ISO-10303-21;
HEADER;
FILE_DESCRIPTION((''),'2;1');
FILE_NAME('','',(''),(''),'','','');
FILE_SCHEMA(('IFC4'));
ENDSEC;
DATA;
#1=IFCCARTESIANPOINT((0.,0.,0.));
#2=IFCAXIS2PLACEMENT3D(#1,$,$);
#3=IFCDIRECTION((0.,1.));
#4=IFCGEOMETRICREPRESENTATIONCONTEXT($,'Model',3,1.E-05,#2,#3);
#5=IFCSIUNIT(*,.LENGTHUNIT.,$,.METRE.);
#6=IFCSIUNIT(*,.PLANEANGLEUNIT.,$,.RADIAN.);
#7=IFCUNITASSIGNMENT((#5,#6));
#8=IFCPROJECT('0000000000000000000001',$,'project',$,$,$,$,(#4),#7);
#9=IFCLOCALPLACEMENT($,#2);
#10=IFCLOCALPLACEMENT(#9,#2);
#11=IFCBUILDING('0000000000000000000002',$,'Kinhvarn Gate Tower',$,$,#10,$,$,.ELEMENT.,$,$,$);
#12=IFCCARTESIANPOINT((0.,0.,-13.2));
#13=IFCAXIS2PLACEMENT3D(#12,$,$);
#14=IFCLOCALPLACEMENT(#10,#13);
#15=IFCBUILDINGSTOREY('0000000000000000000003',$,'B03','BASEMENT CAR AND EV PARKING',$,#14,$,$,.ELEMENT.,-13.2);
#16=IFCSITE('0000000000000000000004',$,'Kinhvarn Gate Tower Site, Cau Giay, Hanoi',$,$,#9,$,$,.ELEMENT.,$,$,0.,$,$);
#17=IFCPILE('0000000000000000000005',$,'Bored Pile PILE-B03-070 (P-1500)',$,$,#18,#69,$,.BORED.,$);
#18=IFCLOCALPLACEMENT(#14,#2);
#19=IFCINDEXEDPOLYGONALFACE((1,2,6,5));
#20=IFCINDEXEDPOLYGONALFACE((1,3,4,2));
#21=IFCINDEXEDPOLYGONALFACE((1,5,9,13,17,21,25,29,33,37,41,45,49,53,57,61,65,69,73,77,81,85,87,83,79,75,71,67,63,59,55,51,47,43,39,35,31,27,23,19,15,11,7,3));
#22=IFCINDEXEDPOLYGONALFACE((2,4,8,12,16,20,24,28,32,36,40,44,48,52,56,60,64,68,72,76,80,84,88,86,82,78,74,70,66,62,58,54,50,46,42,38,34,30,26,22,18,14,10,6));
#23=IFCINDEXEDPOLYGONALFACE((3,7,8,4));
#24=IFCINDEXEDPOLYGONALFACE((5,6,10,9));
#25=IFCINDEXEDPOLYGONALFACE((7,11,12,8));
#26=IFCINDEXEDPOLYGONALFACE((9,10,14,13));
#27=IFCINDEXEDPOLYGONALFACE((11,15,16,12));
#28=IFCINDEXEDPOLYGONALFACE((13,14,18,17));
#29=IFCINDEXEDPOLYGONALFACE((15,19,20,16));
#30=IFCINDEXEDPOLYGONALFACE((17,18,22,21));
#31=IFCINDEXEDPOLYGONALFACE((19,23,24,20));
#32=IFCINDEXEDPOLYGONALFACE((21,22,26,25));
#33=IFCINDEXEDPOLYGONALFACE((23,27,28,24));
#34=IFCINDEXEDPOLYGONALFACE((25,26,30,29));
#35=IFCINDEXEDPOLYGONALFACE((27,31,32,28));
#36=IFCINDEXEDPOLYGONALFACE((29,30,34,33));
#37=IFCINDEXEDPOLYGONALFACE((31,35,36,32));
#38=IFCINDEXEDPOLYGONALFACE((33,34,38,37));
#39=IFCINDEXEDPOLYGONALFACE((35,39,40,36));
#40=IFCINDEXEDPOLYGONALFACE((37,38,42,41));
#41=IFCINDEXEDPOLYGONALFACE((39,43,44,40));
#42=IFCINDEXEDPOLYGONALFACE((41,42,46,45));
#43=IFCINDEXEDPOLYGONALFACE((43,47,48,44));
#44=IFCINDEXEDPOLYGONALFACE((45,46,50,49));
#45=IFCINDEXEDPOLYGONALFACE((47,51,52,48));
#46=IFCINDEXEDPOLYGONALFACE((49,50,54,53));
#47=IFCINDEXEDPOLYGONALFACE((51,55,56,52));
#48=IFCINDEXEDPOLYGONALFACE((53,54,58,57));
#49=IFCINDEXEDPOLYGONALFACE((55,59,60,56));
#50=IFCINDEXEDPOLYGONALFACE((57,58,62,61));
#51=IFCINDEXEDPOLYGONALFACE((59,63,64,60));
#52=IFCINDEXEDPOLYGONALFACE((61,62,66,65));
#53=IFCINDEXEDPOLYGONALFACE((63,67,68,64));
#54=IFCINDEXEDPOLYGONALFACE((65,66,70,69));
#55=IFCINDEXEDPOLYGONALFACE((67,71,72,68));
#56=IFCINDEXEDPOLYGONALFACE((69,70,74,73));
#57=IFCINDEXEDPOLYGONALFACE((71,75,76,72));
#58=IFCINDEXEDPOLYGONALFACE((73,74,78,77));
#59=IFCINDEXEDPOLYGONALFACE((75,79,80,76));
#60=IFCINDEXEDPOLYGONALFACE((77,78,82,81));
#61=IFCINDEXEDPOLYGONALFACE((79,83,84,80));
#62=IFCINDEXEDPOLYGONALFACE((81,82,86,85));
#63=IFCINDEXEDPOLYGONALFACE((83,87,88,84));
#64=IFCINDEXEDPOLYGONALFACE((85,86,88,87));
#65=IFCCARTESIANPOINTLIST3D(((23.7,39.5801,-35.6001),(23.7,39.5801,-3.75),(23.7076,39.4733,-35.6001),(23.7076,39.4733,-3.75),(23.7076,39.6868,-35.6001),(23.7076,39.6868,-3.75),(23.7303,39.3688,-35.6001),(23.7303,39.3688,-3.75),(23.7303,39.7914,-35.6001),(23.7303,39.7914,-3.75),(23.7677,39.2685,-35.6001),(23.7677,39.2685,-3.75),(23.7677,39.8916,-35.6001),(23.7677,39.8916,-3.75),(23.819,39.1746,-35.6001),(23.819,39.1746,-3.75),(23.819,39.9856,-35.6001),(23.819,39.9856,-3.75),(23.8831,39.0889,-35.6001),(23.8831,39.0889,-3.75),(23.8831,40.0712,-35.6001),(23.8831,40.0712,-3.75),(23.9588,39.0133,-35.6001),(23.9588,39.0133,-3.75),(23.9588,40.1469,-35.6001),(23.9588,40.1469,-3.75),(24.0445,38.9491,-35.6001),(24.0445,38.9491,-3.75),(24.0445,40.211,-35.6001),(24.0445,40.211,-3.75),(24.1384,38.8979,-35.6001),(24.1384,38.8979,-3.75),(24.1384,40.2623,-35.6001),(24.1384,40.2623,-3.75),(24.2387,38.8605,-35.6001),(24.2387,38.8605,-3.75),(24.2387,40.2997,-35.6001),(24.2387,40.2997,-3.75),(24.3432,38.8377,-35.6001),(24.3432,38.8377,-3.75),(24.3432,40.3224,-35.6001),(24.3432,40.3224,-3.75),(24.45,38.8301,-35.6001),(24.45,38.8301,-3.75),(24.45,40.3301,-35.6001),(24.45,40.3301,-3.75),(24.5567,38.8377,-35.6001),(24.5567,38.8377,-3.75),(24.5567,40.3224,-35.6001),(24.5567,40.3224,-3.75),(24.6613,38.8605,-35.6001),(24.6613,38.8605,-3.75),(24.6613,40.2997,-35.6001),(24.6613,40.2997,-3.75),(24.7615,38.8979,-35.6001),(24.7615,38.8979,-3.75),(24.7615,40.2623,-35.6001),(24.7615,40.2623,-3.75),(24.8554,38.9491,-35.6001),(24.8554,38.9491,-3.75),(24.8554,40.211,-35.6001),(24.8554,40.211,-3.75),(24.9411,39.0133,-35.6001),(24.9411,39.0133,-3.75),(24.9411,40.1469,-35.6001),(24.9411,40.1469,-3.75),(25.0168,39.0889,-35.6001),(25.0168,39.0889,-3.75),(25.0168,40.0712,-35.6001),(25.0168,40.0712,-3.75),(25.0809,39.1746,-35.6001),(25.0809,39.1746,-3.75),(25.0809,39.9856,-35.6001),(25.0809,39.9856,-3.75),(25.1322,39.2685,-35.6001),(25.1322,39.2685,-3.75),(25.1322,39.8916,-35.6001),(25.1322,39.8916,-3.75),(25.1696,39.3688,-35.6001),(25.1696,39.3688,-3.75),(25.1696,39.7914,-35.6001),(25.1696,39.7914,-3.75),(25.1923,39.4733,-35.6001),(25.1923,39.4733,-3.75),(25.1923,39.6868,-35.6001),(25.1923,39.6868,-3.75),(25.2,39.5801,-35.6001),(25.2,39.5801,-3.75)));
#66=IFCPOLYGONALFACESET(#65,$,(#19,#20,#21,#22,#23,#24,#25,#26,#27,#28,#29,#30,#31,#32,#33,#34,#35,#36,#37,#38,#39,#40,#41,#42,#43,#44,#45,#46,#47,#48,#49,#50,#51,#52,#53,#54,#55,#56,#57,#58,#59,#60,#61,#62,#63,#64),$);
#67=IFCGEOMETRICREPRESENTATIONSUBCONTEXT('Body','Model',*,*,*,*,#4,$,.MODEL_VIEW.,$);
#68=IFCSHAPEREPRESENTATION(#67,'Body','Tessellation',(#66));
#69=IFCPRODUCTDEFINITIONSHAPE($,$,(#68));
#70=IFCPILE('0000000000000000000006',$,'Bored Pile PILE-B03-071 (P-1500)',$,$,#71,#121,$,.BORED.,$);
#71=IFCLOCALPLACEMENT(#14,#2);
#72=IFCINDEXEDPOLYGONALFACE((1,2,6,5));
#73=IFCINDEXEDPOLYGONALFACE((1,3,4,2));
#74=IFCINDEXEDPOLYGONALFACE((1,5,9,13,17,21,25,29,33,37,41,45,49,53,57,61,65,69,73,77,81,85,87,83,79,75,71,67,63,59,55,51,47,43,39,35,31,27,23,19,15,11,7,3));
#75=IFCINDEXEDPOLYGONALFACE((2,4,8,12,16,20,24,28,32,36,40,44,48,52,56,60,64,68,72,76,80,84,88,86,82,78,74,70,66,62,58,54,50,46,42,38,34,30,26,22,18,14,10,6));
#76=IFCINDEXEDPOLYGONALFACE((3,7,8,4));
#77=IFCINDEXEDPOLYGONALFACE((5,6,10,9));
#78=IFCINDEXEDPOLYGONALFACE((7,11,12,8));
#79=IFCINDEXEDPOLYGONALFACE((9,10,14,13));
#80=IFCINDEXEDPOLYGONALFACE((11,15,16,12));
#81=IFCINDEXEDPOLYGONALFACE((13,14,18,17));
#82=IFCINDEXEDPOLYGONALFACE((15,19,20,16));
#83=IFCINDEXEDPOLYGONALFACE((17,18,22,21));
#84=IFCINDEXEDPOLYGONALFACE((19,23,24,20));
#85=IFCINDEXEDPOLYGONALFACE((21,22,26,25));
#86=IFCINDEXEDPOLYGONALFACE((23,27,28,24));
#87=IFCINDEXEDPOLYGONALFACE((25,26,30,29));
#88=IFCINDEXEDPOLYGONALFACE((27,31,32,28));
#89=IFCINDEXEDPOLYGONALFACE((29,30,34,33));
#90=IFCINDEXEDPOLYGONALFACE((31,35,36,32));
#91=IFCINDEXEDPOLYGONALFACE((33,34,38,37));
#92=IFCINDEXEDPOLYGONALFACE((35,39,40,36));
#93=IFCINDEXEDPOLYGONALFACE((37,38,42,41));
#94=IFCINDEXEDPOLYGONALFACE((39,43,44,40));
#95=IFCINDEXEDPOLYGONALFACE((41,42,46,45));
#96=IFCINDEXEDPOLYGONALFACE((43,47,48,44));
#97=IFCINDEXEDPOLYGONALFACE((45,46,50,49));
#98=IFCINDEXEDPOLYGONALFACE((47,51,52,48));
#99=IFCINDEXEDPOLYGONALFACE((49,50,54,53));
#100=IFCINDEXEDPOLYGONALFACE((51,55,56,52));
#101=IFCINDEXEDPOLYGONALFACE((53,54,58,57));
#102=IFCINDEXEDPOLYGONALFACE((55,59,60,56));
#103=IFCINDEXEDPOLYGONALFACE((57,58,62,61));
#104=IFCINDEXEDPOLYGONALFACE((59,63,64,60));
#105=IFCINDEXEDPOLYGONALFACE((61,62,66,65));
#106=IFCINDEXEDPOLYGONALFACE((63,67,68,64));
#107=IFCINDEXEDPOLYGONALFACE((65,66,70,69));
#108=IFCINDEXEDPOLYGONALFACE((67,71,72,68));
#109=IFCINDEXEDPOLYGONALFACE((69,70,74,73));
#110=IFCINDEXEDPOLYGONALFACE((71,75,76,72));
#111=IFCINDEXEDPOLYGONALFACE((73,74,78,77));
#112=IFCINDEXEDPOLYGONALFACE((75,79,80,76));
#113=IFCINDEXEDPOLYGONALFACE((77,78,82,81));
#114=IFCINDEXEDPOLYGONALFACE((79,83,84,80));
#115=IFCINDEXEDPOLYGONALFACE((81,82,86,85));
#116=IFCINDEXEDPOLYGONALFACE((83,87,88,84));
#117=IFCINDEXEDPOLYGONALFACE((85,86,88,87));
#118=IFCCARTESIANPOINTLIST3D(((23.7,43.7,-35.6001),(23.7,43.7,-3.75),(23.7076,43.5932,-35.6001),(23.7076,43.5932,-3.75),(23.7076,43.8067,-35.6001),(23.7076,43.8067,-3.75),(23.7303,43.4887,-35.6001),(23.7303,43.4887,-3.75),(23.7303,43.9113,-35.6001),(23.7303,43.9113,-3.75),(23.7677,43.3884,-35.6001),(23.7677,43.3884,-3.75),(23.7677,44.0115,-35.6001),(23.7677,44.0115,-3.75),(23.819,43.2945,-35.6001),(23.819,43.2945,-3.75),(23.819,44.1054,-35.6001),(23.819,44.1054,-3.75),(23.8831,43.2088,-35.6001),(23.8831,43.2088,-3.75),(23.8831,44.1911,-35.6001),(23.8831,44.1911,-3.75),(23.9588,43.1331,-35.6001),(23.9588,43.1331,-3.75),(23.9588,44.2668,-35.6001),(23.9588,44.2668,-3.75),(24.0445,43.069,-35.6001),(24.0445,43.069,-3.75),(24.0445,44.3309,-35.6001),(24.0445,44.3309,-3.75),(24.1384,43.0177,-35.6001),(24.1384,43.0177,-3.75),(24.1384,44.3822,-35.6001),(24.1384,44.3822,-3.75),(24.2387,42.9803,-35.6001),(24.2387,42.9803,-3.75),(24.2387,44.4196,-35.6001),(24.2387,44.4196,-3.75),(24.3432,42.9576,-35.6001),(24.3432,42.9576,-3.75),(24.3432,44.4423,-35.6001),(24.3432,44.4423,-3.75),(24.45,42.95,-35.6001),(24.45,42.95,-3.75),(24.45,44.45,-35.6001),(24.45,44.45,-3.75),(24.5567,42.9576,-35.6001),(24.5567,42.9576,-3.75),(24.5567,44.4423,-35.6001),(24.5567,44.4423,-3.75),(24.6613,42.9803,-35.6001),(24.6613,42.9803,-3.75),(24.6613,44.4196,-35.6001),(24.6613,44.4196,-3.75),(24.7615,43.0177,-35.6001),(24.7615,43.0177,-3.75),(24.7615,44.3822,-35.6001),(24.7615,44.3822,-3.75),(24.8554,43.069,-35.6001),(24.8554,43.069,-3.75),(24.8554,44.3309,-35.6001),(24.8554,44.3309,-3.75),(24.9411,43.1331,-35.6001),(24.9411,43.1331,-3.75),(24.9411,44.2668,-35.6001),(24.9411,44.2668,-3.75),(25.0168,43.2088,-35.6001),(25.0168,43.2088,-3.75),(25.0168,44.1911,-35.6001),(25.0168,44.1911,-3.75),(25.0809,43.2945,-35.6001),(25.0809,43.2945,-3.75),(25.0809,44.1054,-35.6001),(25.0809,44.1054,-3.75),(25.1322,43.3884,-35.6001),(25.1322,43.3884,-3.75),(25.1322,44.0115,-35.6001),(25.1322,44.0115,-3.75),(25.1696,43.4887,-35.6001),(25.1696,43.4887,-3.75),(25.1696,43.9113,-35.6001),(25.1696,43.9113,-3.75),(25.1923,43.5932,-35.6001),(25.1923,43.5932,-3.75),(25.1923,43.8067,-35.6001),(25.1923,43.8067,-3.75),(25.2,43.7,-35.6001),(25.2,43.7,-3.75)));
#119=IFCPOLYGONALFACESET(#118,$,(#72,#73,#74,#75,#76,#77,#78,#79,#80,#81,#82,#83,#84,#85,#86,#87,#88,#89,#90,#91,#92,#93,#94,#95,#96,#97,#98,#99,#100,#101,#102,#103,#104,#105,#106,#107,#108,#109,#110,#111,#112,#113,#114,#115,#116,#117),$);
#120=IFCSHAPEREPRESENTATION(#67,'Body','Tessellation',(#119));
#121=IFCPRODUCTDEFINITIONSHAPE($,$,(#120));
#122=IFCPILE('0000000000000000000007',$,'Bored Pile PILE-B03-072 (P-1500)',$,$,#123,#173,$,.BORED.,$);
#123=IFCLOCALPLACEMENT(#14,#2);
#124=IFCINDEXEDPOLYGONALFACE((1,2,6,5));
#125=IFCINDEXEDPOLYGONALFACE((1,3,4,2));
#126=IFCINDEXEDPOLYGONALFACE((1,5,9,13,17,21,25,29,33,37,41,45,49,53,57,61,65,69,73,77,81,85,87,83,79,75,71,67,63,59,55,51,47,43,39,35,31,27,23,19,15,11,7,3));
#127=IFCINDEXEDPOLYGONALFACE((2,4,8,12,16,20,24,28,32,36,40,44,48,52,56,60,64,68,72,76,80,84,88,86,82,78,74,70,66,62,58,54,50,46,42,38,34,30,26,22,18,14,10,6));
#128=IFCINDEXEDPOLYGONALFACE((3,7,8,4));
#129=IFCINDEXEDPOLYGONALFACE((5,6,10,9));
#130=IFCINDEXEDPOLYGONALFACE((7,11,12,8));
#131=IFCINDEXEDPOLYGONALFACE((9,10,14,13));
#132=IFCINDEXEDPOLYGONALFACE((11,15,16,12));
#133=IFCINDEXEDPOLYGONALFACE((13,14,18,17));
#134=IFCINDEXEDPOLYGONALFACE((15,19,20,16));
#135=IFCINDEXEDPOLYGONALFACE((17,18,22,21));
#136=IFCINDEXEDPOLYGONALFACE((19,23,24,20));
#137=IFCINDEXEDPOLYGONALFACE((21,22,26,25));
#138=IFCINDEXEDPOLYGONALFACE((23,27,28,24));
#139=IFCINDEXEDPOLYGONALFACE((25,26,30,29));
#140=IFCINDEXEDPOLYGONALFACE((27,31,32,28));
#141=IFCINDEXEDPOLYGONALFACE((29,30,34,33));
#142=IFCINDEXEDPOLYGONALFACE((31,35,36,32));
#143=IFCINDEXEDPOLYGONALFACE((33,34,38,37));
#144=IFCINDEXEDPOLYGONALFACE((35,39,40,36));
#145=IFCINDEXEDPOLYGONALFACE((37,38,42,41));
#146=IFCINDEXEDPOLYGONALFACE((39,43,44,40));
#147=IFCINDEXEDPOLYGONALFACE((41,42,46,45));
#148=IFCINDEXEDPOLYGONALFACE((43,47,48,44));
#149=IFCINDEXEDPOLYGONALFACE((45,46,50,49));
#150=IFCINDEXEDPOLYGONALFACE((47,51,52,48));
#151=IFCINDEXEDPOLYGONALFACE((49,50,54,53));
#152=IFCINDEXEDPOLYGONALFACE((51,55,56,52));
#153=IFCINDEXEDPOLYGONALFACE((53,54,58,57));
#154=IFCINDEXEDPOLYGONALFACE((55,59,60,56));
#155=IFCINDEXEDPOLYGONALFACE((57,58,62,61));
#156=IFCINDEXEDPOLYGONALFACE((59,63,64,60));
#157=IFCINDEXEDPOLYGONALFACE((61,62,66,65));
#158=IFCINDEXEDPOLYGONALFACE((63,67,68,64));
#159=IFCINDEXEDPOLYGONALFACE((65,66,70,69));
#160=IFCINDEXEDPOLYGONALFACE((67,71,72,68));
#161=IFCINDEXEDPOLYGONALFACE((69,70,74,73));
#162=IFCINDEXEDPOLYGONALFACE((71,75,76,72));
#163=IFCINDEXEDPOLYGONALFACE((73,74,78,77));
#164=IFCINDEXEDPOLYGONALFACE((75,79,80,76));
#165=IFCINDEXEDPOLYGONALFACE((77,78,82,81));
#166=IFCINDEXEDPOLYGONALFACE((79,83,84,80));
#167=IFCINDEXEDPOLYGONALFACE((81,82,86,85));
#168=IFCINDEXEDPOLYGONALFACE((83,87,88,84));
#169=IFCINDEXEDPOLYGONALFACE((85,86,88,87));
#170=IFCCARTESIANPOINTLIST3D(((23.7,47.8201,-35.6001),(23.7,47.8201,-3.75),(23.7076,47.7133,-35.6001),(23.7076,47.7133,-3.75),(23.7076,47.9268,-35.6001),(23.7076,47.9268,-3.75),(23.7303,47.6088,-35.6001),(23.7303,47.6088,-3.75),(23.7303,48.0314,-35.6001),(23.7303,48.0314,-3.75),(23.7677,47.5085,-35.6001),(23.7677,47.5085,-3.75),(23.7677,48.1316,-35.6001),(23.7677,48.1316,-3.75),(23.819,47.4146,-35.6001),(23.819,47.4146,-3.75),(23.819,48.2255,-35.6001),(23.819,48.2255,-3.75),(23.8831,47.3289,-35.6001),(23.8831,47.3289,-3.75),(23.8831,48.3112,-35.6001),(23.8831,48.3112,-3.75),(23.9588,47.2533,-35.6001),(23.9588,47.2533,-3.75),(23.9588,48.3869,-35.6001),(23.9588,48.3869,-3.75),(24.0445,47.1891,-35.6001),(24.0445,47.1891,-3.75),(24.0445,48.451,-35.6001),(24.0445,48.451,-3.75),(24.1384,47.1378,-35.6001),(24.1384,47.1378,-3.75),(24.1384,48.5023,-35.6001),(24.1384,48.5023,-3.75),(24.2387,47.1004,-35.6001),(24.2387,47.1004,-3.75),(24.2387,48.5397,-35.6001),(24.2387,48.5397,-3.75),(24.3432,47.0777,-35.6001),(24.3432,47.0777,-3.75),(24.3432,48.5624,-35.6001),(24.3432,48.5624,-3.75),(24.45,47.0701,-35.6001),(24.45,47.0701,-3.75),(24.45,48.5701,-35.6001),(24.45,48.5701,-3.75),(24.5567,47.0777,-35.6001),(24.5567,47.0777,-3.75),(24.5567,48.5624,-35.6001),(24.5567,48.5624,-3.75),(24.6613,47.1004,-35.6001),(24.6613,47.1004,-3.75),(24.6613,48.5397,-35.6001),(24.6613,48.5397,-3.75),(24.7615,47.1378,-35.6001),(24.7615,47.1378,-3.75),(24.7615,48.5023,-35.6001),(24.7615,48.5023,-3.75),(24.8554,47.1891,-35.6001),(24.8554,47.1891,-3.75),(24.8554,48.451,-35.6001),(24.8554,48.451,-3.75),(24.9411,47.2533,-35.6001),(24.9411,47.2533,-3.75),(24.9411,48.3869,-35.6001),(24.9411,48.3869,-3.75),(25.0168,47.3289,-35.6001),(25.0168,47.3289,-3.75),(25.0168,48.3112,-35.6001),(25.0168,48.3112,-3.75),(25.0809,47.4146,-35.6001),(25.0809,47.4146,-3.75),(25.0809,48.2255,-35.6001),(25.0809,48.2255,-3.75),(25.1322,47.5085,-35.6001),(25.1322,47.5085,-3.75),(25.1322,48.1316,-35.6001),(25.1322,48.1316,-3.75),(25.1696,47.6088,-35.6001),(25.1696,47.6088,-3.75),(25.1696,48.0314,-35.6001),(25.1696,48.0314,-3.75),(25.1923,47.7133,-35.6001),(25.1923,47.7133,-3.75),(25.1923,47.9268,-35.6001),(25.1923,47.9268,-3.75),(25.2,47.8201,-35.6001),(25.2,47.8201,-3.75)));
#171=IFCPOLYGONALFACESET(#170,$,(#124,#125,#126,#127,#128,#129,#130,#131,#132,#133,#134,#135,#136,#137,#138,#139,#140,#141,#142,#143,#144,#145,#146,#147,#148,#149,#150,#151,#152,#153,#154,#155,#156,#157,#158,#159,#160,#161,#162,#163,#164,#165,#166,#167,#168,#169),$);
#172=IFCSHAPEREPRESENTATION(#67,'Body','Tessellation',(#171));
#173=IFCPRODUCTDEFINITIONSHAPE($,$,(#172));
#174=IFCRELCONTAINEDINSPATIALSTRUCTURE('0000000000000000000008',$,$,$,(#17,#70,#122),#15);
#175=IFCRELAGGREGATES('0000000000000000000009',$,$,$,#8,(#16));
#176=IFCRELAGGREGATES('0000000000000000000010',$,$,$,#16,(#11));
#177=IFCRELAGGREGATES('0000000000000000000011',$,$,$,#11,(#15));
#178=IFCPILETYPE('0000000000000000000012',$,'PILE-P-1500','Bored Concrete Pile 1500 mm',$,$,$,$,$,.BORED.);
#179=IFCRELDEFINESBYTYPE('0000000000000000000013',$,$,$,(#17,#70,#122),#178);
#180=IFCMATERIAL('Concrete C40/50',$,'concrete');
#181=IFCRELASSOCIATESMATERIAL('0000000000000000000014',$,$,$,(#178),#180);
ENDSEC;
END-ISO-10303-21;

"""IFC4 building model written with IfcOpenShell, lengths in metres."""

from ifc_helpers import new_model, si_unit, direction, frame, origin, origin_2d, place, context, subcontext, project, spatial, circle, extrude, material, material_profile, profile_set, type_object, element, save


model = new_model("IFC4")

# Units and contexts
model_context = context("Model", 3, precision=1e-05, world=origin(), true_north=direction((0.0, 1.0)))
body_context = subcontext(model_context, "Body", "Model", "MODEL_VIEW")
ifc_project = project(units=[si_unit("LENGTHUNIT", "METRE"), si_unit("PLANEANGLEUNIT", "RADIAN")], contexts=[model_context])

# Site, building, storey
site_placement = place(None, origin())
site = spatial("IfcSite", under=ifc_project, at=site_placement, Name="Kinhvarn Gate Tower Site, Cau Giay, Hanoi", CompositionType="ELEMENT", RefElevation=0.0)
building_placement = place(site_placement, origin())
building = spatial("IfcBuilding", under=site, at=building_placement, Name="Kinhvarn Gate Tower", CompositionType="ELEMENT")
storey_placement = place(building_placement, frame((0.0, 0.0, -13.2)))
storey = spatial("IfcBuildingStorey", under=building, at=storey_placement, Name="B03", Description="BASEMENT CAR AND EV PARKING", CompositionType="ELEMENT", Elevation=-13.2)

# Piles
ifc_material = material(Name="Concrete C40/50", Category="concrete")
ifc_material_profile_1 = material_profile(ifc_material, circle(Radius=0.75, at=origin_2d()), Name="PILE D1500")
ifc_profile_set_1 = profile_set([ifc_material_profile_1], Name="Concrete C40/50")
pile_type_1 = type_object("IfcPileType", Name="PILE-P-1500", Description="Bored Concrete Pile 1500 mm", PredefinedType="BORED", material=ifc_profile_set_1)
for number, where, z_axis, x_axis, name in (
    (1, (24.45, 39.5801, -35.6001), (0.0, 0.0, 1.0), (1.0, 0.0, 0.0), "Bored Pile PILE-B03-070 (P-1500)"),
    (2, (24.45, 43.7, -35.6001), (0.0, 0.0, 1.0), (1.0, 0.0, 0.0), "Bored Pile PILE-B03-071 (P-1500)"),
    (3, (24.45, 47.8201, -35.6001), (0.0, 0.0, 1.0), (1.0, 0.0, 0.0), "Bored Pile PILE-B03-072 (P-1500)"),
):
    element("IfcPile", number, at=place(storey_placement, frame(where, z_axis=z_axis, x_axis=x_axis)), inside=storey, type_object=pile_type_1, Name=name, PredefinedType="BORED", context=body_context, shape_type="SweptSolid", body=[
        extrude(circle(Radius=0.75, at=origin_2d()), origin(), (0.0, 0.0, 1.0), 31.8501),
    ])

save(model, "model.ifc")
